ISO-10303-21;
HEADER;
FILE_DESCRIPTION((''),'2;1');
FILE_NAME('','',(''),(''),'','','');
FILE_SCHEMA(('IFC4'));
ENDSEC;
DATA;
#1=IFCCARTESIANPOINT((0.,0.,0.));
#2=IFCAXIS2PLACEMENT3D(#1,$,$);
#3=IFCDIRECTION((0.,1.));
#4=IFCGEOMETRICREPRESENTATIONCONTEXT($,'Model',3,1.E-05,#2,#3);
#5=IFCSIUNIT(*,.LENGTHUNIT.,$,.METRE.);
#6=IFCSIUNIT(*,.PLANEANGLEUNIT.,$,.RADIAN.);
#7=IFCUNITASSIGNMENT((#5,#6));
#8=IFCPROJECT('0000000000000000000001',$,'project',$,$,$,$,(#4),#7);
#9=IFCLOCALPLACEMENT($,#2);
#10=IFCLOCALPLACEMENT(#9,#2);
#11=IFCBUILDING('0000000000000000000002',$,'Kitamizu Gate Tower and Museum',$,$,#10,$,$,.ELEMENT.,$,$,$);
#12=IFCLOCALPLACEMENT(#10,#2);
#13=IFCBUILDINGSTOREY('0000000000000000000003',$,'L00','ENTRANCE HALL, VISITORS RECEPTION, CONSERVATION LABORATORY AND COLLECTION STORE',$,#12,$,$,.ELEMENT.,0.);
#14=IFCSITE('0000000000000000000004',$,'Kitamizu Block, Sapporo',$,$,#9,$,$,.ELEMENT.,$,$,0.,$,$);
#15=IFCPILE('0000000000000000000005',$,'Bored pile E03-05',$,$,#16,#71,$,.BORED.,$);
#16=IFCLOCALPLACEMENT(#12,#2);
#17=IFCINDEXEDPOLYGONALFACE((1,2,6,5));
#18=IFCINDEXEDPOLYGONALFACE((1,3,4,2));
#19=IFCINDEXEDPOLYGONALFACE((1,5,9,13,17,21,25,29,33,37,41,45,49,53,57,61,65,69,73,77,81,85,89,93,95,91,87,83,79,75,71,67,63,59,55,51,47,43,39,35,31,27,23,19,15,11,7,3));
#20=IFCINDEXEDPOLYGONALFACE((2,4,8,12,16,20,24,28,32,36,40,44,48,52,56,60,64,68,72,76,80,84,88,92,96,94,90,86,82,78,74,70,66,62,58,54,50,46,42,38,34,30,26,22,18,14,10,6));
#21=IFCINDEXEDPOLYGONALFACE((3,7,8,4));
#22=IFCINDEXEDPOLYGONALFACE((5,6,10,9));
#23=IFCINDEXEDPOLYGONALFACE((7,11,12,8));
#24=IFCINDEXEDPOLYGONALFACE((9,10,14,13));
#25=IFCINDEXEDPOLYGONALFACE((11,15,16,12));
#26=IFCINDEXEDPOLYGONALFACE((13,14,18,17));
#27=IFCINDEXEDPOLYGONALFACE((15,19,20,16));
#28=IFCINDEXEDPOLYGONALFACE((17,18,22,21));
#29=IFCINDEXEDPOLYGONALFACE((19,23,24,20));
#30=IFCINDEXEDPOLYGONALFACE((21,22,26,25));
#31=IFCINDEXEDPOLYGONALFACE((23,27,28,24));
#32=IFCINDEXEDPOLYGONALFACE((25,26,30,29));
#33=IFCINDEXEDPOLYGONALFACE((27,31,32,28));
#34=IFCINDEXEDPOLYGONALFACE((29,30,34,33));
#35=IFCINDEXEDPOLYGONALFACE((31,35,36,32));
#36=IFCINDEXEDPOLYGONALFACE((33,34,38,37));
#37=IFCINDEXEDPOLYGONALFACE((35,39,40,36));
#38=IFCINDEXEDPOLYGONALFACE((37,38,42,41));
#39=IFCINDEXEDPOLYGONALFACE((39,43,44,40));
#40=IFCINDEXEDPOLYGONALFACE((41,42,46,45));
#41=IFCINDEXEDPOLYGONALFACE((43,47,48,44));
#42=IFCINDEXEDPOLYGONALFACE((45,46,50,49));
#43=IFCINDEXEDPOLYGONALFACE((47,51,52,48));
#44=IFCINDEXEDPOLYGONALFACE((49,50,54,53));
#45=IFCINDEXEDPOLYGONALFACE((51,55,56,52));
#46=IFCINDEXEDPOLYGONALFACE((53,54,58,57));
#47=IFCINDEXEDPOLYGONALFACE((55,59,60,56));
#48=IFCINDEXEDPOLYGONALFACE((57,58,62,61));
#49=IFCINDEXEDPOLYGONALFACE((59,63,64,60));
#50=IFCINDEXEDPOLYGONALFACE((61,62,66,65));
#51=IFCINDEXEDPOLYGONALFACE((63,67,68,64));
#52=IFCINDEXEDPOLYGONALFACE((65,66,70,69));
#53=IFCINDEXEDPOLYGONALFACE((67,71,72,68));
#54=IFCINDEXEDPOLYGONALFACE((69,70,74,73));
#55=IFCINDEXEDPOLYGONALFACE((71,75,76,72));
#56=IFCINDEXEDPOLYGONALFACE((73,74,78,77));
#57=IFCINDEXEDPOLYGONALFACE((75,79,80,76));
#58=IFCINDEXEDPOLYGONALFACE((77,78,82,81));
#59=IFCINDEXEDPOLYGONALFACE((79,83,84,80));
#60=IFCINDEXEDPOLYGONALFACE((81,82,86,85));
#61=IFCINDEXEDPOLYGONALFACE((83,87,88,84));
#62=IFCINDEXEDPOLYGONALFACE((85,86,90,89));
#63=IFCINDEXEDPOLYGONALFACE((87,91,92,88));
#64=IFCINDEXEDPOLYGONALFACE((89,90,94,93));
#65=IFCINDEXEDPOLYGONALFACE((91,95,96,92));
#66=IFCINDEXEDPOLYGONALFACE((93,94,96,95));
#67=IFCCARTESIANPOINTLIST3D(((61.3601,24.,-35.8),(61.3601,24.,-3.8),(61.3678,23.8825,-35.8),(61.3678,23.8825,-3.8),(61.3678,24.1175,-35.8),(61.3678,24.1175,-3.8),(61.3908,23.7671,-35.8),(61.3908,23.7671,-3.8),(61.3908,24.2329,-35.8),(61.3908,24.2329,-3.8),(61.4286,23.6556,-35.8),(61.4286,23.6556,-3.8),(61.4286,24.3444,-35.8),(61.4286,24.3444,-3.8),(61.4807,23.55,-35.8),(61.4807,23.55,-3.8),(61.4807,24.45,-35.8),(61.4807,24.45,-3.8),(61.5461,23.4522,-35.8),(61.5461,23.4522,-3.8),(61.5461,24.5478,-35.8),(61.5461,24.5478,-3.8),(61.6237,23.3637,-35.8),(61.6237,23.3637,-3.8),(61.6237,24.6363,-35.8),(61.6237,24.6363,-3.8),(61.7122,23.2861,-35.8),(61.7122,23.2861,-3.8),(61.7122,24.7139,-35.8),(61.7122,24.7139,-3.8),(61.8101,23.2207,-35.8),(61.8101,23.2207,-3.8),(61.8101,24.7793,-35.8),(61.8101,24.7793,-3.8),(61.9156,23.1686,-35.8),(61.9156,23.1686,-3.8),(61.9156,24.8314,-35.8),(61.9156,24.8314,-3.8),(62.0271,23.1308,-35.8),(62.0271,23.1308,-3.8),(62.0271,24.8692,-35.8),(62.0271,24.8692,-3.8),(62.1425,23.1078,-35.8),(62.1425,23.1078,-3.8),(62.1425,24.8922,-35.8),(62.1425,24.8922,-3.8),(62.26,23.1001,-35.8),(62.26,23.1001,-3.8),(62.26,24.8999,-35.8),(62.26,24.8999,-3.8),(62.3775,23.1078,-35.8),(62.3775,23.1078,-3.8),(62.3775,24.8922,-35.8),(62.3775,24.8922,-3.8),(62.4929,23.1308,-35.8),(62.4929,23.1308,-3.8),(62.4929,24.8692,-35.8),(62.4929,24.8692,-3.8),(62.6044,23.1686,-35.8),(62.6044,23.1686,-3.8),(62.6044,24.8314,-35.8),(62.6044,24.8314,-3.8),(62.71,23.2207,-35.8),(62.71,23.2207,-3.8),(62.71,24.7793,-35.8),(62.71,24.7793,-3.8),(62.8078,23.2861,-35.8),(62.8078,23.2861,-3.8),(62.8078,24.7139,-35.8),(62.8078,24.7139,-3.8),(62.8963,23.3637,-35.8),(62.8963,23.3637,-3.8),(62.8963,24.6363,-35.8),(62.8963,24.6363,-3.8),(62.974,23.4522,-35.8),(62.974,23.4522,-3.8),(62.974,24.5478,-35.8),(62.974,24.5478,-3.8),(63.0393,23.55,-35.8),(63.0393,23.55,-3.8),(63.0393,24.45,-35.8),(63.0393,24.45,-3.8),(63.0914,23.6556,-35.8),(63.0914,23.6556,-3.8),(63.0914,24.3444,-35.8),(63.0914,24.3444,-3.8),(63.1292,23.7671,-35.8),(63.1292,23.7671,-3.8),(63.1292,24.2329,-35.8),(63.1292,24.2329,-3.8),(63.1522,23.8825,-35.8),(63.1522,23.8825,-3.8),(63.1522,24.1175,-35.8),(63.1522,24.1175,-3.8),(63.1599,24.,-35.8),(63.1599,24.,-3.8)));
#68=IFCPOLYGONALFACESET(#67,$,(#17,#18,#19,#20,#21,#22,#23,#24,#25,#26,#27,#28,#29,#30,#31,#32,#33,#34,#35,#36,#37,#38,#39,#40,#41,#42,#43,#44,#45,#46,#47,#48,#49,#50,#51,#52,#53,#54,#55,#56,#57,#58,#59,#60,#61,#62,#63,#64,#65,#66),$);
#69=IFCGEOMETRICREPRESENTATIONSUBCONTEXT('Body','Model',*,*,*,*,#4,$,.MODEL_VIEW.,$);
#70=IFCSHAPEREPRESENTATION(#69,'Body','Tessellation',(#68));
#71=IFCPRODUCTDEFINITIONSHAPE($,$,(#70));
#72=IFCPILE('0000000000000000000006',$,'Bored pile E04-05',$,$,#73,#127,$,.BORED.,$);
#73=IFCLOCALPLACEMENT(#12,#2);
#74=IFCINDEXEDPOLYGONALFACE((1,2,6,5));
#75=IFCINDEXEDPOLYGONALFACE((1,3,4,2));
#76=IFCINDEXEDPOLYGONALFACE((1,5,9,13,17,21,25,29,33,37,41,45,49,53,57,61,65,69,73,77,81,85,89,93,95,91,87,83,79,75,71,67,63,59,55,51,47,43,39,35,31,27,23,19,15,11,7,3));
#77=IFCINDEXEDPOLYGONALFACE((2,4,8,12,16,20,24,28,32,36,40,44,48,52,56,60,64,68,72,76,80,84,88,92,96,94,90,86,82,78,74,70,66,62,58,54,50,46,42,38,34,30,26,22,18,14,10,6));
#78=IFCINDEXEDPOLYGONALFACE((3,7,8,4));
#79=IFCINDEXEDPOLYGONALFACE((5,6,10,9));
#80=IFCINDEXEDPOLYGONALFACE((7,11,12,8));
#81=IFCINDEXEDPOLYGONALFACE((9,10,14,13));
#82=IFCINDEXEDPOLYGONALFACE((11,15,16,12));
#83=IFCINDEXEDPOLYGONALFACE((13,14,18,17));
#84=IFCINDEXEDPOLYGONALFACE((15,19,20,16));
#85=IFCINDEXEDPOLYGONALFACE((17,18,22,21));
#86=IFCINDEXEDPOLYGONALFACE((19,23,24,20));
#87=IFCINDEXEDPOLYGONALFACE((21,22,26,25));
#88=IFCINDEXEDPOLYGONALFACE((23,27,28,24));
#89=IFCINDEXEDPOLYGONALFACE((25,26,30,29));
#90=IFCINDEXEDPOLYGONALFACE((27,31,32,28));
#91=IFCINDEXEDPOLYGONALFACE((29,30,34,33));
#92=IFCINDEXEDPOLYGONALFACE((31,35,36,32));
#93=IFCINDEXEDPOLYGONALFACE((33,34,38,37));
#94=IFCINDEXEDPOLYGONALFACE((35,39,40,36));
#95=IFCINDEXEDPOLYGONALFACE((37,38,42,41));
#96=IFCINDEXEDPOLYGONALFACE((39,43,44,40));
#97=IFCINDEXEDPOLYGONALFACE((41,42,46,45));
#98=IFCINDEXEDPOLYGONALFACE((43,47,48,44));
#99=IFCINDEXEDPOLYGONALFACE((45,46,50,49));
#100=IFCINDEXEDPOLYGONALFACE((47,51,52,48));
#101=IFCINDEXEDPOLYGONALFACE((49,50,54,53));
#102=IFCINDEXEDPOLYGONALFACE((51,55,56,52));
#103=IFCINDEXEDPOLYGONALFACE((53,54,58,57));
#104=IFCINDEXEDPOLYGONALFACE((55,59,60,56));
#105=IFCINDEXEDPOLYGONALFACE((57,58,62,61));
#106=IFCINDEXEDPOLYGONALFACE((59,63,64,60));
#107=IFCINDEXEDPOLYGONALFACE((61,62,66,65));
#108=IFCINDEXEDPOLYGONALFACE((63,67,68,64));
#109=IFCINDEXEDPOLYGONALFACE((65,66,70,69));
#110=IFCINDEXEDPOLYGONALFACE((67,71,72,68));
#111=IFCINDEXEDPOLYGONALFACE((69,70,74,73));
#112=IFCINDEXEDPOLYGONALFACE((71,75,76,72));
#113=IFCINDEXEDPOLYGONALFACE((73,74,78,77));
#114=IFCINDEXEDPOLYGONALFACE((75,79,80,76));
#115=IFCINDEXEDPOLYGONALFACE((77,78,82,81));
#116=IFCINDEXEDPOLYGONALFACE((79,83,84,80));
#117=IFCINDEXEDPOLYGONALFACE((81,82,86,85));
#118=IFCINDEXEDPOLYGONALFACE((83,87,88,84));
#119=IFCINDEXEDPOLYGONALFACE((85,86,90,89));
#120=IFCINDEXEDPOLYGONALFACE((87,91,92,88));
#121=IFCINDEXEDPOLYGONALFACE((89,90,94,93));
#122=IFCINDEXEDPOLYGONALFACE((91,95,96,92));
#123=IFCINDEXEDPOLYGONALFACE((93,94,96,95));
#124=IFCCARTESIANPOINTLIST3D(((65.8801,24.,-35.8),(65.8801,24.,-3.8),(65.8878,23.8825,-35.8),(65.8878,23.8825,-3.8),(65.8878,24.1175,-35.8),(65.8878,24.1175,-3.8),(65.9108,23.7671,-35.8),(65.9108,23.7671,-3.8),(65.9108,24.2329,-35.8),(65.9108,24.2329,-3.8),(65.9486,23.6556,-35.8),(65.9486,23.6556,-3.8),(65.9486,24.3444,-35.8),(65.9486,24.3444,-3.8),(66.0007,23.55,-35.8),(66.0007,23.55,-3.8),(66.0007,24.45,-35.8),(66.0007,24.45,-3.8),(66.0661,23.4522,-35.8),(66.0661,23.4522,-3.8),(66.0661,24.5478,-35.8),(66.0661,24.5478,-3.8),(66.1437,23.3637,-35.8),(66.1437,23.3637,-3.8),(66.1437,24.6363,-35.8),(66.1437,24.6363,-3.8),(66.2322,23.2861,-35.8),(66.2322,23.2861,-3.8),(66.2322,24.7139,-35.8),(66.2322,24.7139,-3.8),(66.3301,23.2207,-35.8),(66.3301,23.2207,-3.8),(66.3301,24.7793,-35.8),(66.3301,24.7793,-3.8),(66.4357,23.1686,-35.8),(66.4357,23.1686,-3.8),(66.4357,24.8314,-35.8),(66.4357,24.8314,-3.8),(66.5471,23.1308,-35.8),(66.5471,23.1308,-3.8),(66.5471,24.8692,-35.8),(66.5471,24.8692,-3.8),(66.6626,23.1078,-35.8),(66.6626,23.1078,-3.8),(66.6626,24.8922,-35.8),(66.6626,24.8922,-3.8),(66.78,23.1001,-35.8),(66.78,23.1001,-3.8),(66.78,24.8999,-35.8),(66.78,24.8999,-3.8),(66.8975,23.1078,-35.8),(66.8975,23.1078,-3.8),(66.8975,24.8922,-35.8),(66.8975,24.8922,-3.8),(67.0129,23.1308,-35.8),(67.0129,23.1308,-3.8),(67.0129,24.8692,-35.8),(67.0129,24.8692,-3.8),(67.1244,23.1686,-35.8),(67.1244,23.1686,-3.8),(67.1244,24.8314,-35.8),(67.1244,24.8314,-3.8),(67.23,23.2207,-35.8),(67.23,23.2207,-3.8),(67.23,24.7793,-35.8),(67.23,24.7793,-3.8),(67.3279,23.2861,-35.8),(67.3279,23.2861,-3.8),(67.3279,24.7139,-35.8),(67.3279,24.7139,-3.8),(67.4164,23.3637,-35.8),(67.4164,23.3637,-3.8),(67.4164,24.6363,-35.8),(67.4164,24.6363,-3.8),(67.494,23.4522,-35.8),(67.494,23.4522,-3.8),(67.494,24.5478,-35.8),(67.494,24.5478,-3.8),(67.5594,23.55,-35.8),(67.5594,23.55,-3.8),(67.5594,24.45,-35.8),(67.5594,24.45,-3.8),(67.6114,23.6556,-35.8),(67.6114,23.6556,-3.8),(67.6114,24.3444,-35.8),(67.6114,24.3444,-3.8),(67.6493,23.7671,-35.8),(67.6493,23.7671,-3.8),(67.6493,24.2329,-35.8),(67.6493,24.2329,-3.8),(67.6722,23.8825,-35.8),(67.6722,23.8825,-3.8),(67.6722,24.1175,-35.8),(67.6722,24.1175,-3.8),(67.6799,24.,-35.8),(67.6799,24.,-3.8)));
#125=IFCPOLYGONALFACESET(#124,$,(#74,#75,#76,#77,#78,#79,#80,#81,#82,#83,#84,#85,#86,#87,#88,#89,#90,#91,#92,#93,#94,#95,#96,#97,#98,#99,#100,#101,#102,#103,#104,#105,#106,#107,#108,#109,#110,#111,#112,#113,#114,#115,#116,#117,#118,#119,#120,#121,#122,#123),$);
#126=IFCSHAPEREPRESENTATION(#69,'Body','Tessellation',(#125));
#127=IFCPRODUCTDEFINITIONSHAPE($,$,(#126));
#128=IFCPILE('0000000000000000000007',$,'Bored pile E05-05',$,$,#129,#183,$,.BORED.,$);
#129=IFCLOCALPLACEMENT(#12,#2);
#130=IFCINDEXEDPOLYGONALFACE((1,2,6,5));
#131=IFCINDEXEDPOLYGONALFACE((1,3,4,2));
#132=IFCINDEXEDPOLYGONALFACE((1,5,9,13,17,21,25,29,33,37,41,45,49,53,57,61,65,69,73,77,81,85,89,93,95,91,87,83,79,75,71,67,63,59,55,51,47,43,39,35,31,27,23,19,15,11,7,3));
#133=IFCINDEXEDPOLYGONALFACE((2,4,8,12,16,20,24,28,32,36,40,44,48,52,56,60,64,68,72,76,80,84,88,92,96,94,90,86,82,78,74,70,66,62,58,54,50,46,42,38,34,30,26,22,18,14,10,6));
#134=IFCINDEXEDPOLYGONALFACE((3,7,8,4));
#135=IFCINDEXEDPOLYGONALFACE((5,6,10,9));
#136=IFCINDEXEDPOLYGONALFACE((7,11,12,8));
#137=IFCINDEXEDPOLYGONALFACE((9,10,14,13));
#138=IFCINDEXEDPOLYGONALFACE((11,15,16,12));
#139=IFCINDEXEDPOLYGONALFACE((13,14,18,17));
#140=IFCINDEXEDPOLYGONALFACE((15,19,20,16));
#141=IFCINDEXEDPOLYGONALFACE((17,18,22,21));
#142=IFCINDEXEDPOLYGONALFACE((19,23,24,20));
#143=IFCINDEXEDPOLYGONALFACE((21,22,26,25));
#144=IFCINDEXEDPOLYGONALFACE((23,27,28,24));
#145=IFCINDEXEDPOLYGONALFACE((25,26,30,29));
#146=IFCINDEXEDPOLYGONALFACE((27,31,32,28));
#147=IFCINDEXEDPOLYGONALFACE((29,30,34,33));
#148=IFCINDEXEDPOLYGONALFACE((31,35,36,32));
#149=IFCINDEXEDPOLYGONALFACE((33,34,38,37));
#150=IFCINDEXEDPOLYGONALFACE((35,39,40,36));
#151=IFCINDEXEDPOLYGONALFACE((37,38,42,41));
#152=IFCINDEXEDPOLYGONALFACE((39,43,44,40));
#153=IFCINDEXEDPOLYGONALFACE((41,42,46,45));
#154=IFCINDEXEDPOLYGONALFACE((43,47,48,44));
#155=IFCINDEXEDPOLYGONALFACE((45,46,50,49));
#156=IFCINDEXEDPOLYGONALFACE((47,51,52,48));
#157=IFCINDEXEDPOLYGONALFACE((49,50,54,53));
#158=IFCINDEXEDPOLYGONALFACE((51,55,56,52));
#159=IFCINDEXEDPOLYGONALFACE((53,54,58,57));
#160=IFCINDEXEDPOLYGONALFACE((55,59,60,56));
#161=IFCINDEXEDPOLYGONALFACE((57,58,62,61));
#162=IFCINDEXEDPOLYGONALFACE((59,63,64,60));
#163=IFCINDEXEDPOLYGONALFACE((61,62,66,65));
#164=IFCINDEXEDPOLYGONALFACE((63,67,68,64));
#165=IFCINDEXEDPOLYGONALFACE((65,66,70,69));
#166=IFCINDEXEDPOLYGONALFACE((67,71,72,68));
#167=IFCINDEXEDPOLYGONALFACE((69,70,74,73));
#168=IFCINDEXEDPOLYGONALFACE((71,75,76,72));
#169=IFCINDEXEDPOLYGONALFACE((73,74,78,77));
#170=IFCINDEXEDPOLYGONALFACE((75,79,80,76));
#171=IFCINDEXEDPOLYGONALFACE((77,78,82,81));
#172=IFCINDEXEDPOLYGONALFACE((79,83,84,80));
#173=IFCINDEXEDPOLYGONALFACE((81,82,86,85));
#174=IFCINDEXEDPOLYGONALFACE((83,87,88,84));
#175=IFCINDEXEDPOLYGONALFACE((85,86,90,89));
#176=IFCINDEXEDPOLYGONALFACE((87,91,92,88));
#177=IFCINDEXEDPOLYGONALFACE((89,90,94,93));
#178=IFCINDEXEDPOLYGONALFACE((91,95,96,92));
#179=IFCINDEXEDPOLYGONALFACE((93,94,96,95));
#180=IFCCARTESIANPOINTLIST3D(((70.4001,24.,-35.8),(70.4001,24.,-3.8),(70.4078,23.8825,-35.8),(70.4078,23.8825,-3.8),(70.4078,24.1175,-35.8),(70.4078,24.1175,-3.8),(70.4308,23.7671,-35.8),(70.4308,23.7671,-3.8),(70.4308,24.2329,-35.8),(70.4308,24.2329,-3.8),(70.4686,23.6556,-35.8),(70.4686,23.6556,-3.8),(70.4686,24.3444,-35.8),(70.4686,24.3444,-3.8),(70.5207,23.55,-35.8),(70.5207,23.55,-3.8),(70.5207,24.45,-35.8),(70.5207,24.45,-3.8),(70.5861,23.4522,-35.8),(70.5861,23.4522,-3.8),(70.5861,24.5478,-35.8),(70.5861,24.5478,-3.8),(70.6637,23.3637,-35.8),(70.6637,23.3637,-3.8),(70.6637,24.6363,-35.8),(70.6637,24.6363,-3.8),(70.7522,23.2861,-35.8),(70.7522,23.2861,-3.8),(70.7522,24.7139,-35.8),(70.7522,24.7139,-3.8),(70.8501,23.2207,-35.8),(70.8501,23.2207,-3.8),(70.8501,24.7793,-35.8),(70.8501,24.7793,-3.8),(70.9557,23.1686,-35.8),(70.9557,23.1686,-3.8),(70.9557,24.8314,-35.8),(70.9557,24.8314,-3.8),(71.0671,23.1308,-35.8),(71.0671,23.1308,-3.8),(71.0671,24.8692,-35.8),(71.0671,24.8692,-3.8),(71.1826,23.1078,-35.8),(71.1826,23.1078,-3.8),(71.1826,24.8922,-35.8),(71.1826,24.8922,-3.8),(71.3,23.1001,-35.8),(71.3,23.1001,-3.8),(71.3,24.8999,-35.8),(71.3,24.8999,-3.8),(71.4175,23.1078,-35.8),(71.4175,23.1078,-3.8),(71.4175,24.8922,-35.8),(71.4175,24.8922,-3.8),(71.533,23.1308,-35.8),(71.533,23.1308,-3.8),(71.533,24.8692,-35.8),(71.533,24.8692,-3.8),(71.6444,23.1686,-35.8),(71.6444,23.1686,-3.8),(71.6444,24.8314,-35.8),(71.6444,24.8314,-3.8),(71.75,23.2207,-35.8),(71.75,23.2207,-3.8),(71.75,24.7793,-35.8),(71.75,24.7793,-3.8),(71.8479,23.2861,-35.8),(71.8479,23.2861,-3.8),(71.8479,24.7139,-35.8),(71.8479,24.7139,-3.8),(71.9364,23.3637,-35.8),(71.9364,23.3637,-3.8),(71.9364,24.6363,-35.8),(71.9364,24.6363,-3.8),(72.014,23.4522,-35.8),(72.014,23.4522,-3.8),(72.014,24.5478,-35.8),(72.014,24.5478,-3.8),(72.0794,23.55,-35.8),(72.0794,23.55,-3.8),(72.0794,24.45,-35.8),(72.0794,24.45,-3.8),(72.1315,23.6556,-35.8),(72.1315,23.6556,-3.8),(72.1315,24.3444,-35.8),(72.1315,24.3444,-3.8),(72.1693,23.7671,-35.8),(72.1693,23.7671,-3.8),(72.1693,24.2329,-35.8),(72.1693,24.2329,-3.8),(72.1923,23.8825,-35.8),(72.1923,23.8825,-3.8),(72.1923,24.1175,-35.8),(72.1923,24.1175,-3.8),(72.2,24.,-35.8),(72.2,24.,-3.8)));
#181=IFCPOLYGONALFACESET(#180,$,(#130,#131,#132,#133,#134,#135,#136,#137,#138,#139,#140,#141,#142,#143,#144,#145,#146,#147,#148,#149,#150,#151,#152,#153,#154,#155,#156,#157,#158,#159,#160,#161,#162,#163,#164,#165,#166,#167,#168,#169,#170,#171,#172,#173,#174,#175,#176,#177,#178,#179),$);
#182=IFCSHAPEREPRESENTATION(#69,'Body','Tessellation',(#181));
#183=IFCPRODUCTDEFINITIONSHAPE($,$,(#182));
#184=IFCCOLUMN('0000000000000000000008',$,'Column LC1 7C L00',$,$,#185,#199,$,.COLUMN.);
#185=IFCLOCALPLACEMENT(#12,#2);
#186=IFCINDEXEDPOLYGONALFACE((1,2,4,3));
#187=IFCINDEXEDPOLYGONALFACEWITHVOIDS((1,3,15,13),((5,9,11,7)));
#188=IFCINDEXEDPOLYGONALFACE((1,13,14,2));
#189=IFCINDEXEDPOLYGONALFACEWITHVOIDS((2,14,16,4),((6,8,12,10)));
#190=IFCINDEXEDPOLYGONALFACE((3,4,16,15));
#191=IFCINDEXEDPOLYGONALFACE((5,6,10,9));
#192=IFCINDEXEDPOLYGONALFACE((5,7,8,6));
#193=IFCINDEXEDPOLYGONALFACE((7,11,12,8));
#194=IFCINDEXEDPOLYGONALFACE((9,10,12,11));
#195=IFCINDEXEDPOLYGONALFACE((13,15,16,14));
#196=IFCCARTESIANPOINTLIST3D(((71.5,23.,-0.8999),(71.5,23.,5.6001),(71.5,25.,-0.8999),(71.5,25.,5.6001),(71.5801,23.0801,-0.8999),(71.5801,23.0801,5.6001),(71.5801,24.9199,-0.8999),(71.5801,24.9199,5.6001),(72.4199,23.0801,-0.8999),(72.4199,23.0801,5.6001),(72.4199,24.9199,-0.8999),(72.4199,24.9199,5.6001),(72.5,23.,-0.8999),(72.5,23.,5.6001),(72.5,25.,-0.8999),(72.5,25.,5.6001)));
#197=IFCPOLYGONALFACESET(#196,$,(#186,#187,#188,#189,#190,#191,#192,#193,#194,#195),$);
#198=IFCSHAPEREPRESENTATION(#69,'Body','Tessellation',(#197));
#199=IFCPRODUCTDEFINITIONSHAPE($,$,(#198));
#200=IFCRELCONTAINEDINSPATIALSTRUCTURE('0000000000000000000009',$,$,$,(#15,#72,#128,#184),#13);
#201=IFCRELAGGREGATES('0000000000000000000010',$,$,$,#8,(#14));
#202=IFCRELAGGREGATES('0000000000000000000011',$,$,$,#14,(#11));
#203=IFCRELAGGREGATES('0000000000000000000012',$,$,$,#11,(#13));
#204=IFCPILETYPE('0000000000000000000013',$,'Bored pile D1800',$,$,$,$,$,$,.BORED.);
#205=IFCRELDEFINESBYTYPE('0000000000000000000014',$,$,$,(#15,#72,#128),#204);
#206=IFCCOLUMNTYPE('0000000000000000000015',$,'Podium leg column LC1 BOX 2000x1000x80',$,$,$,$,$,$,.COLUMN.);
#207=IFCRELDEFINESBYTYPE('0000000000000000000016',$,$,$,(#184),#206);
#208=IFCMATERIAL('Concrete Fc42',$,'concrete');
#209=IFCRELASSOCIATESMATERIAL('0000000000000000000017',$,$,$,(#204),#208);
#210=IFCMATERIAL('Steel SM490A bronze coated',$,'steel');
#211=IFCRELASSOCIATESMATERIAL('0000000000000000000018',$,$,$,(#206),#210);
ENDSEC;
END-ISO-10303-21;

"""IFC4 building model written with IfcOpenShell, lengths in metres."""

from ifc_helpers import new_model, si_unit, direction, frame, origin, origin_2d, place, context, subcontext, project, spatial, hollow_rectangle, circle, extrude, material, material_profile, profile_set, type_object, element, save


model = new_model("IFC4")

# Units and contexts
model_context = context("Model", 3, precision=1e-05, world=origin(), true_north=direction((0.0, 1.0)))
body_context = subcontext(model_context, "Body", "Model", "MODEL_VIEW")
ifc_project = project(units=[si_unit("LENGTHUNIT", "METRE"), si_unit("PLANEANGLEUNIT", "RADIAN")], contexts=[model_context])

# Site, building, storey
site_placement = place(None, origin())
site = spatial("IfcSite", under=ifc_project, at=site_placement, Name="Kitamizu Block, Sapporo", CompositionType="ELEMENT", RefElevation=0.0)
building_placement = place(site_placement, origin())
building = spatial("IfcBuilding", under=site, at=building_placement, Name="Kitamizu Gate Tower and Museum", CompositionType="ELEMENT")
storey_placement = place(building_placement, origin())
storey = spatial("IfcBuildingStorey", under=building, at=storey_placement, Name="L00", Description="ENTRANCE HALL, VISITORS RECEPTION, CONSERVATION LABORATORY AND COLLECTION STORE", CompositionType="ELEMENT", Elevation=0.0)

# Piles
ifc_material_1 = material(Name="Concrete Fc42", Category="concrete")
ifc_material_profile_1 = material_profile(ifc_material_1, circle(Radius=0.8999, at=origin_2d()), Name="Bored pile D1800")
ifc_profile_set_1 = profile_set([ifc_material_profile_1], Name="Concrete Fc42")
pile_type = type_object("IfcPileType", Name="Bored pile D1800", PredefinedType="BORED", material=ifc_profile_set_1)
for number, where, z_axis, x_axis, name in (
    (1, (62.26, 24.0, -3.8), (0.0, 0.0, -1.0), (1.0, 0.0, 0.0), "Bored pile E03-05"),
    (2, (66.78, 24.0, -3.8), (0.0, 0.0, -1.0), (1.0, 0.0, 0.0), "Bored pile E04-05"),
    (3, (71.3, 24.0, -3.8), (0.0, 0.0, -1.0), (1.0, 0.0, 0.0), "Bored pile E05-05"),
):
    element("IfcPile", number, at=place(storey_placement, frame(where, z_axis=z_axis, x_axis=x_axis)), inside=storey, type_object=pile_type, Name=name, PredefinedType="BORED", context=body_context, shape_type="SweptSolid", body=[
        extrude(circle(Radius=0.8999, at=origin_2d()), origin(), (0.0, 0.0, 1.0), 32.0),
    ])

# Column
ifc_material_2 = material(Name="Steel SM490A bronze coated", Category="steel")
ifc_material_profile_2 = material_profile(ifc_material_2, hollow_rectangle(XDim=2.0, YDim=1.0, WallThickness=0.0801, at=origin_2d()), Name="BOX 2000x1000x80")
ifc_profile_set_2 = profile_set([ifc_material_profile_2], Name="Steel SM490A bronze coated")
column_type = type_object("IfcColumnType", Name="Podium leg column LC1 BOX 2000x1000x80", PredefinedType="COLUMN", material=ifc_profile_set_2)
column_placement = place(storey_placement, frame((72.0, 24.0, -0.8999), z_axis=(0.0, 0.0, 1.0), x_axis=(0.0, 1.0, 0.0)))
element("IfcColumn", 4, at=column_placement, inside=storey, type_object=column_type, Name="Column LC1 7C L00", PredefinedType="COLUMN", context=body_context, shape_type="SweptSolid", body=[
    extrude(hollow_rectangle(XDim=2.0, YDim=1.0, WallThickness=0.0801, at=origin_2d()), origin(), (0.0, 0.0, 1.0), 6.5),
])

save(model, "model.ifc")
